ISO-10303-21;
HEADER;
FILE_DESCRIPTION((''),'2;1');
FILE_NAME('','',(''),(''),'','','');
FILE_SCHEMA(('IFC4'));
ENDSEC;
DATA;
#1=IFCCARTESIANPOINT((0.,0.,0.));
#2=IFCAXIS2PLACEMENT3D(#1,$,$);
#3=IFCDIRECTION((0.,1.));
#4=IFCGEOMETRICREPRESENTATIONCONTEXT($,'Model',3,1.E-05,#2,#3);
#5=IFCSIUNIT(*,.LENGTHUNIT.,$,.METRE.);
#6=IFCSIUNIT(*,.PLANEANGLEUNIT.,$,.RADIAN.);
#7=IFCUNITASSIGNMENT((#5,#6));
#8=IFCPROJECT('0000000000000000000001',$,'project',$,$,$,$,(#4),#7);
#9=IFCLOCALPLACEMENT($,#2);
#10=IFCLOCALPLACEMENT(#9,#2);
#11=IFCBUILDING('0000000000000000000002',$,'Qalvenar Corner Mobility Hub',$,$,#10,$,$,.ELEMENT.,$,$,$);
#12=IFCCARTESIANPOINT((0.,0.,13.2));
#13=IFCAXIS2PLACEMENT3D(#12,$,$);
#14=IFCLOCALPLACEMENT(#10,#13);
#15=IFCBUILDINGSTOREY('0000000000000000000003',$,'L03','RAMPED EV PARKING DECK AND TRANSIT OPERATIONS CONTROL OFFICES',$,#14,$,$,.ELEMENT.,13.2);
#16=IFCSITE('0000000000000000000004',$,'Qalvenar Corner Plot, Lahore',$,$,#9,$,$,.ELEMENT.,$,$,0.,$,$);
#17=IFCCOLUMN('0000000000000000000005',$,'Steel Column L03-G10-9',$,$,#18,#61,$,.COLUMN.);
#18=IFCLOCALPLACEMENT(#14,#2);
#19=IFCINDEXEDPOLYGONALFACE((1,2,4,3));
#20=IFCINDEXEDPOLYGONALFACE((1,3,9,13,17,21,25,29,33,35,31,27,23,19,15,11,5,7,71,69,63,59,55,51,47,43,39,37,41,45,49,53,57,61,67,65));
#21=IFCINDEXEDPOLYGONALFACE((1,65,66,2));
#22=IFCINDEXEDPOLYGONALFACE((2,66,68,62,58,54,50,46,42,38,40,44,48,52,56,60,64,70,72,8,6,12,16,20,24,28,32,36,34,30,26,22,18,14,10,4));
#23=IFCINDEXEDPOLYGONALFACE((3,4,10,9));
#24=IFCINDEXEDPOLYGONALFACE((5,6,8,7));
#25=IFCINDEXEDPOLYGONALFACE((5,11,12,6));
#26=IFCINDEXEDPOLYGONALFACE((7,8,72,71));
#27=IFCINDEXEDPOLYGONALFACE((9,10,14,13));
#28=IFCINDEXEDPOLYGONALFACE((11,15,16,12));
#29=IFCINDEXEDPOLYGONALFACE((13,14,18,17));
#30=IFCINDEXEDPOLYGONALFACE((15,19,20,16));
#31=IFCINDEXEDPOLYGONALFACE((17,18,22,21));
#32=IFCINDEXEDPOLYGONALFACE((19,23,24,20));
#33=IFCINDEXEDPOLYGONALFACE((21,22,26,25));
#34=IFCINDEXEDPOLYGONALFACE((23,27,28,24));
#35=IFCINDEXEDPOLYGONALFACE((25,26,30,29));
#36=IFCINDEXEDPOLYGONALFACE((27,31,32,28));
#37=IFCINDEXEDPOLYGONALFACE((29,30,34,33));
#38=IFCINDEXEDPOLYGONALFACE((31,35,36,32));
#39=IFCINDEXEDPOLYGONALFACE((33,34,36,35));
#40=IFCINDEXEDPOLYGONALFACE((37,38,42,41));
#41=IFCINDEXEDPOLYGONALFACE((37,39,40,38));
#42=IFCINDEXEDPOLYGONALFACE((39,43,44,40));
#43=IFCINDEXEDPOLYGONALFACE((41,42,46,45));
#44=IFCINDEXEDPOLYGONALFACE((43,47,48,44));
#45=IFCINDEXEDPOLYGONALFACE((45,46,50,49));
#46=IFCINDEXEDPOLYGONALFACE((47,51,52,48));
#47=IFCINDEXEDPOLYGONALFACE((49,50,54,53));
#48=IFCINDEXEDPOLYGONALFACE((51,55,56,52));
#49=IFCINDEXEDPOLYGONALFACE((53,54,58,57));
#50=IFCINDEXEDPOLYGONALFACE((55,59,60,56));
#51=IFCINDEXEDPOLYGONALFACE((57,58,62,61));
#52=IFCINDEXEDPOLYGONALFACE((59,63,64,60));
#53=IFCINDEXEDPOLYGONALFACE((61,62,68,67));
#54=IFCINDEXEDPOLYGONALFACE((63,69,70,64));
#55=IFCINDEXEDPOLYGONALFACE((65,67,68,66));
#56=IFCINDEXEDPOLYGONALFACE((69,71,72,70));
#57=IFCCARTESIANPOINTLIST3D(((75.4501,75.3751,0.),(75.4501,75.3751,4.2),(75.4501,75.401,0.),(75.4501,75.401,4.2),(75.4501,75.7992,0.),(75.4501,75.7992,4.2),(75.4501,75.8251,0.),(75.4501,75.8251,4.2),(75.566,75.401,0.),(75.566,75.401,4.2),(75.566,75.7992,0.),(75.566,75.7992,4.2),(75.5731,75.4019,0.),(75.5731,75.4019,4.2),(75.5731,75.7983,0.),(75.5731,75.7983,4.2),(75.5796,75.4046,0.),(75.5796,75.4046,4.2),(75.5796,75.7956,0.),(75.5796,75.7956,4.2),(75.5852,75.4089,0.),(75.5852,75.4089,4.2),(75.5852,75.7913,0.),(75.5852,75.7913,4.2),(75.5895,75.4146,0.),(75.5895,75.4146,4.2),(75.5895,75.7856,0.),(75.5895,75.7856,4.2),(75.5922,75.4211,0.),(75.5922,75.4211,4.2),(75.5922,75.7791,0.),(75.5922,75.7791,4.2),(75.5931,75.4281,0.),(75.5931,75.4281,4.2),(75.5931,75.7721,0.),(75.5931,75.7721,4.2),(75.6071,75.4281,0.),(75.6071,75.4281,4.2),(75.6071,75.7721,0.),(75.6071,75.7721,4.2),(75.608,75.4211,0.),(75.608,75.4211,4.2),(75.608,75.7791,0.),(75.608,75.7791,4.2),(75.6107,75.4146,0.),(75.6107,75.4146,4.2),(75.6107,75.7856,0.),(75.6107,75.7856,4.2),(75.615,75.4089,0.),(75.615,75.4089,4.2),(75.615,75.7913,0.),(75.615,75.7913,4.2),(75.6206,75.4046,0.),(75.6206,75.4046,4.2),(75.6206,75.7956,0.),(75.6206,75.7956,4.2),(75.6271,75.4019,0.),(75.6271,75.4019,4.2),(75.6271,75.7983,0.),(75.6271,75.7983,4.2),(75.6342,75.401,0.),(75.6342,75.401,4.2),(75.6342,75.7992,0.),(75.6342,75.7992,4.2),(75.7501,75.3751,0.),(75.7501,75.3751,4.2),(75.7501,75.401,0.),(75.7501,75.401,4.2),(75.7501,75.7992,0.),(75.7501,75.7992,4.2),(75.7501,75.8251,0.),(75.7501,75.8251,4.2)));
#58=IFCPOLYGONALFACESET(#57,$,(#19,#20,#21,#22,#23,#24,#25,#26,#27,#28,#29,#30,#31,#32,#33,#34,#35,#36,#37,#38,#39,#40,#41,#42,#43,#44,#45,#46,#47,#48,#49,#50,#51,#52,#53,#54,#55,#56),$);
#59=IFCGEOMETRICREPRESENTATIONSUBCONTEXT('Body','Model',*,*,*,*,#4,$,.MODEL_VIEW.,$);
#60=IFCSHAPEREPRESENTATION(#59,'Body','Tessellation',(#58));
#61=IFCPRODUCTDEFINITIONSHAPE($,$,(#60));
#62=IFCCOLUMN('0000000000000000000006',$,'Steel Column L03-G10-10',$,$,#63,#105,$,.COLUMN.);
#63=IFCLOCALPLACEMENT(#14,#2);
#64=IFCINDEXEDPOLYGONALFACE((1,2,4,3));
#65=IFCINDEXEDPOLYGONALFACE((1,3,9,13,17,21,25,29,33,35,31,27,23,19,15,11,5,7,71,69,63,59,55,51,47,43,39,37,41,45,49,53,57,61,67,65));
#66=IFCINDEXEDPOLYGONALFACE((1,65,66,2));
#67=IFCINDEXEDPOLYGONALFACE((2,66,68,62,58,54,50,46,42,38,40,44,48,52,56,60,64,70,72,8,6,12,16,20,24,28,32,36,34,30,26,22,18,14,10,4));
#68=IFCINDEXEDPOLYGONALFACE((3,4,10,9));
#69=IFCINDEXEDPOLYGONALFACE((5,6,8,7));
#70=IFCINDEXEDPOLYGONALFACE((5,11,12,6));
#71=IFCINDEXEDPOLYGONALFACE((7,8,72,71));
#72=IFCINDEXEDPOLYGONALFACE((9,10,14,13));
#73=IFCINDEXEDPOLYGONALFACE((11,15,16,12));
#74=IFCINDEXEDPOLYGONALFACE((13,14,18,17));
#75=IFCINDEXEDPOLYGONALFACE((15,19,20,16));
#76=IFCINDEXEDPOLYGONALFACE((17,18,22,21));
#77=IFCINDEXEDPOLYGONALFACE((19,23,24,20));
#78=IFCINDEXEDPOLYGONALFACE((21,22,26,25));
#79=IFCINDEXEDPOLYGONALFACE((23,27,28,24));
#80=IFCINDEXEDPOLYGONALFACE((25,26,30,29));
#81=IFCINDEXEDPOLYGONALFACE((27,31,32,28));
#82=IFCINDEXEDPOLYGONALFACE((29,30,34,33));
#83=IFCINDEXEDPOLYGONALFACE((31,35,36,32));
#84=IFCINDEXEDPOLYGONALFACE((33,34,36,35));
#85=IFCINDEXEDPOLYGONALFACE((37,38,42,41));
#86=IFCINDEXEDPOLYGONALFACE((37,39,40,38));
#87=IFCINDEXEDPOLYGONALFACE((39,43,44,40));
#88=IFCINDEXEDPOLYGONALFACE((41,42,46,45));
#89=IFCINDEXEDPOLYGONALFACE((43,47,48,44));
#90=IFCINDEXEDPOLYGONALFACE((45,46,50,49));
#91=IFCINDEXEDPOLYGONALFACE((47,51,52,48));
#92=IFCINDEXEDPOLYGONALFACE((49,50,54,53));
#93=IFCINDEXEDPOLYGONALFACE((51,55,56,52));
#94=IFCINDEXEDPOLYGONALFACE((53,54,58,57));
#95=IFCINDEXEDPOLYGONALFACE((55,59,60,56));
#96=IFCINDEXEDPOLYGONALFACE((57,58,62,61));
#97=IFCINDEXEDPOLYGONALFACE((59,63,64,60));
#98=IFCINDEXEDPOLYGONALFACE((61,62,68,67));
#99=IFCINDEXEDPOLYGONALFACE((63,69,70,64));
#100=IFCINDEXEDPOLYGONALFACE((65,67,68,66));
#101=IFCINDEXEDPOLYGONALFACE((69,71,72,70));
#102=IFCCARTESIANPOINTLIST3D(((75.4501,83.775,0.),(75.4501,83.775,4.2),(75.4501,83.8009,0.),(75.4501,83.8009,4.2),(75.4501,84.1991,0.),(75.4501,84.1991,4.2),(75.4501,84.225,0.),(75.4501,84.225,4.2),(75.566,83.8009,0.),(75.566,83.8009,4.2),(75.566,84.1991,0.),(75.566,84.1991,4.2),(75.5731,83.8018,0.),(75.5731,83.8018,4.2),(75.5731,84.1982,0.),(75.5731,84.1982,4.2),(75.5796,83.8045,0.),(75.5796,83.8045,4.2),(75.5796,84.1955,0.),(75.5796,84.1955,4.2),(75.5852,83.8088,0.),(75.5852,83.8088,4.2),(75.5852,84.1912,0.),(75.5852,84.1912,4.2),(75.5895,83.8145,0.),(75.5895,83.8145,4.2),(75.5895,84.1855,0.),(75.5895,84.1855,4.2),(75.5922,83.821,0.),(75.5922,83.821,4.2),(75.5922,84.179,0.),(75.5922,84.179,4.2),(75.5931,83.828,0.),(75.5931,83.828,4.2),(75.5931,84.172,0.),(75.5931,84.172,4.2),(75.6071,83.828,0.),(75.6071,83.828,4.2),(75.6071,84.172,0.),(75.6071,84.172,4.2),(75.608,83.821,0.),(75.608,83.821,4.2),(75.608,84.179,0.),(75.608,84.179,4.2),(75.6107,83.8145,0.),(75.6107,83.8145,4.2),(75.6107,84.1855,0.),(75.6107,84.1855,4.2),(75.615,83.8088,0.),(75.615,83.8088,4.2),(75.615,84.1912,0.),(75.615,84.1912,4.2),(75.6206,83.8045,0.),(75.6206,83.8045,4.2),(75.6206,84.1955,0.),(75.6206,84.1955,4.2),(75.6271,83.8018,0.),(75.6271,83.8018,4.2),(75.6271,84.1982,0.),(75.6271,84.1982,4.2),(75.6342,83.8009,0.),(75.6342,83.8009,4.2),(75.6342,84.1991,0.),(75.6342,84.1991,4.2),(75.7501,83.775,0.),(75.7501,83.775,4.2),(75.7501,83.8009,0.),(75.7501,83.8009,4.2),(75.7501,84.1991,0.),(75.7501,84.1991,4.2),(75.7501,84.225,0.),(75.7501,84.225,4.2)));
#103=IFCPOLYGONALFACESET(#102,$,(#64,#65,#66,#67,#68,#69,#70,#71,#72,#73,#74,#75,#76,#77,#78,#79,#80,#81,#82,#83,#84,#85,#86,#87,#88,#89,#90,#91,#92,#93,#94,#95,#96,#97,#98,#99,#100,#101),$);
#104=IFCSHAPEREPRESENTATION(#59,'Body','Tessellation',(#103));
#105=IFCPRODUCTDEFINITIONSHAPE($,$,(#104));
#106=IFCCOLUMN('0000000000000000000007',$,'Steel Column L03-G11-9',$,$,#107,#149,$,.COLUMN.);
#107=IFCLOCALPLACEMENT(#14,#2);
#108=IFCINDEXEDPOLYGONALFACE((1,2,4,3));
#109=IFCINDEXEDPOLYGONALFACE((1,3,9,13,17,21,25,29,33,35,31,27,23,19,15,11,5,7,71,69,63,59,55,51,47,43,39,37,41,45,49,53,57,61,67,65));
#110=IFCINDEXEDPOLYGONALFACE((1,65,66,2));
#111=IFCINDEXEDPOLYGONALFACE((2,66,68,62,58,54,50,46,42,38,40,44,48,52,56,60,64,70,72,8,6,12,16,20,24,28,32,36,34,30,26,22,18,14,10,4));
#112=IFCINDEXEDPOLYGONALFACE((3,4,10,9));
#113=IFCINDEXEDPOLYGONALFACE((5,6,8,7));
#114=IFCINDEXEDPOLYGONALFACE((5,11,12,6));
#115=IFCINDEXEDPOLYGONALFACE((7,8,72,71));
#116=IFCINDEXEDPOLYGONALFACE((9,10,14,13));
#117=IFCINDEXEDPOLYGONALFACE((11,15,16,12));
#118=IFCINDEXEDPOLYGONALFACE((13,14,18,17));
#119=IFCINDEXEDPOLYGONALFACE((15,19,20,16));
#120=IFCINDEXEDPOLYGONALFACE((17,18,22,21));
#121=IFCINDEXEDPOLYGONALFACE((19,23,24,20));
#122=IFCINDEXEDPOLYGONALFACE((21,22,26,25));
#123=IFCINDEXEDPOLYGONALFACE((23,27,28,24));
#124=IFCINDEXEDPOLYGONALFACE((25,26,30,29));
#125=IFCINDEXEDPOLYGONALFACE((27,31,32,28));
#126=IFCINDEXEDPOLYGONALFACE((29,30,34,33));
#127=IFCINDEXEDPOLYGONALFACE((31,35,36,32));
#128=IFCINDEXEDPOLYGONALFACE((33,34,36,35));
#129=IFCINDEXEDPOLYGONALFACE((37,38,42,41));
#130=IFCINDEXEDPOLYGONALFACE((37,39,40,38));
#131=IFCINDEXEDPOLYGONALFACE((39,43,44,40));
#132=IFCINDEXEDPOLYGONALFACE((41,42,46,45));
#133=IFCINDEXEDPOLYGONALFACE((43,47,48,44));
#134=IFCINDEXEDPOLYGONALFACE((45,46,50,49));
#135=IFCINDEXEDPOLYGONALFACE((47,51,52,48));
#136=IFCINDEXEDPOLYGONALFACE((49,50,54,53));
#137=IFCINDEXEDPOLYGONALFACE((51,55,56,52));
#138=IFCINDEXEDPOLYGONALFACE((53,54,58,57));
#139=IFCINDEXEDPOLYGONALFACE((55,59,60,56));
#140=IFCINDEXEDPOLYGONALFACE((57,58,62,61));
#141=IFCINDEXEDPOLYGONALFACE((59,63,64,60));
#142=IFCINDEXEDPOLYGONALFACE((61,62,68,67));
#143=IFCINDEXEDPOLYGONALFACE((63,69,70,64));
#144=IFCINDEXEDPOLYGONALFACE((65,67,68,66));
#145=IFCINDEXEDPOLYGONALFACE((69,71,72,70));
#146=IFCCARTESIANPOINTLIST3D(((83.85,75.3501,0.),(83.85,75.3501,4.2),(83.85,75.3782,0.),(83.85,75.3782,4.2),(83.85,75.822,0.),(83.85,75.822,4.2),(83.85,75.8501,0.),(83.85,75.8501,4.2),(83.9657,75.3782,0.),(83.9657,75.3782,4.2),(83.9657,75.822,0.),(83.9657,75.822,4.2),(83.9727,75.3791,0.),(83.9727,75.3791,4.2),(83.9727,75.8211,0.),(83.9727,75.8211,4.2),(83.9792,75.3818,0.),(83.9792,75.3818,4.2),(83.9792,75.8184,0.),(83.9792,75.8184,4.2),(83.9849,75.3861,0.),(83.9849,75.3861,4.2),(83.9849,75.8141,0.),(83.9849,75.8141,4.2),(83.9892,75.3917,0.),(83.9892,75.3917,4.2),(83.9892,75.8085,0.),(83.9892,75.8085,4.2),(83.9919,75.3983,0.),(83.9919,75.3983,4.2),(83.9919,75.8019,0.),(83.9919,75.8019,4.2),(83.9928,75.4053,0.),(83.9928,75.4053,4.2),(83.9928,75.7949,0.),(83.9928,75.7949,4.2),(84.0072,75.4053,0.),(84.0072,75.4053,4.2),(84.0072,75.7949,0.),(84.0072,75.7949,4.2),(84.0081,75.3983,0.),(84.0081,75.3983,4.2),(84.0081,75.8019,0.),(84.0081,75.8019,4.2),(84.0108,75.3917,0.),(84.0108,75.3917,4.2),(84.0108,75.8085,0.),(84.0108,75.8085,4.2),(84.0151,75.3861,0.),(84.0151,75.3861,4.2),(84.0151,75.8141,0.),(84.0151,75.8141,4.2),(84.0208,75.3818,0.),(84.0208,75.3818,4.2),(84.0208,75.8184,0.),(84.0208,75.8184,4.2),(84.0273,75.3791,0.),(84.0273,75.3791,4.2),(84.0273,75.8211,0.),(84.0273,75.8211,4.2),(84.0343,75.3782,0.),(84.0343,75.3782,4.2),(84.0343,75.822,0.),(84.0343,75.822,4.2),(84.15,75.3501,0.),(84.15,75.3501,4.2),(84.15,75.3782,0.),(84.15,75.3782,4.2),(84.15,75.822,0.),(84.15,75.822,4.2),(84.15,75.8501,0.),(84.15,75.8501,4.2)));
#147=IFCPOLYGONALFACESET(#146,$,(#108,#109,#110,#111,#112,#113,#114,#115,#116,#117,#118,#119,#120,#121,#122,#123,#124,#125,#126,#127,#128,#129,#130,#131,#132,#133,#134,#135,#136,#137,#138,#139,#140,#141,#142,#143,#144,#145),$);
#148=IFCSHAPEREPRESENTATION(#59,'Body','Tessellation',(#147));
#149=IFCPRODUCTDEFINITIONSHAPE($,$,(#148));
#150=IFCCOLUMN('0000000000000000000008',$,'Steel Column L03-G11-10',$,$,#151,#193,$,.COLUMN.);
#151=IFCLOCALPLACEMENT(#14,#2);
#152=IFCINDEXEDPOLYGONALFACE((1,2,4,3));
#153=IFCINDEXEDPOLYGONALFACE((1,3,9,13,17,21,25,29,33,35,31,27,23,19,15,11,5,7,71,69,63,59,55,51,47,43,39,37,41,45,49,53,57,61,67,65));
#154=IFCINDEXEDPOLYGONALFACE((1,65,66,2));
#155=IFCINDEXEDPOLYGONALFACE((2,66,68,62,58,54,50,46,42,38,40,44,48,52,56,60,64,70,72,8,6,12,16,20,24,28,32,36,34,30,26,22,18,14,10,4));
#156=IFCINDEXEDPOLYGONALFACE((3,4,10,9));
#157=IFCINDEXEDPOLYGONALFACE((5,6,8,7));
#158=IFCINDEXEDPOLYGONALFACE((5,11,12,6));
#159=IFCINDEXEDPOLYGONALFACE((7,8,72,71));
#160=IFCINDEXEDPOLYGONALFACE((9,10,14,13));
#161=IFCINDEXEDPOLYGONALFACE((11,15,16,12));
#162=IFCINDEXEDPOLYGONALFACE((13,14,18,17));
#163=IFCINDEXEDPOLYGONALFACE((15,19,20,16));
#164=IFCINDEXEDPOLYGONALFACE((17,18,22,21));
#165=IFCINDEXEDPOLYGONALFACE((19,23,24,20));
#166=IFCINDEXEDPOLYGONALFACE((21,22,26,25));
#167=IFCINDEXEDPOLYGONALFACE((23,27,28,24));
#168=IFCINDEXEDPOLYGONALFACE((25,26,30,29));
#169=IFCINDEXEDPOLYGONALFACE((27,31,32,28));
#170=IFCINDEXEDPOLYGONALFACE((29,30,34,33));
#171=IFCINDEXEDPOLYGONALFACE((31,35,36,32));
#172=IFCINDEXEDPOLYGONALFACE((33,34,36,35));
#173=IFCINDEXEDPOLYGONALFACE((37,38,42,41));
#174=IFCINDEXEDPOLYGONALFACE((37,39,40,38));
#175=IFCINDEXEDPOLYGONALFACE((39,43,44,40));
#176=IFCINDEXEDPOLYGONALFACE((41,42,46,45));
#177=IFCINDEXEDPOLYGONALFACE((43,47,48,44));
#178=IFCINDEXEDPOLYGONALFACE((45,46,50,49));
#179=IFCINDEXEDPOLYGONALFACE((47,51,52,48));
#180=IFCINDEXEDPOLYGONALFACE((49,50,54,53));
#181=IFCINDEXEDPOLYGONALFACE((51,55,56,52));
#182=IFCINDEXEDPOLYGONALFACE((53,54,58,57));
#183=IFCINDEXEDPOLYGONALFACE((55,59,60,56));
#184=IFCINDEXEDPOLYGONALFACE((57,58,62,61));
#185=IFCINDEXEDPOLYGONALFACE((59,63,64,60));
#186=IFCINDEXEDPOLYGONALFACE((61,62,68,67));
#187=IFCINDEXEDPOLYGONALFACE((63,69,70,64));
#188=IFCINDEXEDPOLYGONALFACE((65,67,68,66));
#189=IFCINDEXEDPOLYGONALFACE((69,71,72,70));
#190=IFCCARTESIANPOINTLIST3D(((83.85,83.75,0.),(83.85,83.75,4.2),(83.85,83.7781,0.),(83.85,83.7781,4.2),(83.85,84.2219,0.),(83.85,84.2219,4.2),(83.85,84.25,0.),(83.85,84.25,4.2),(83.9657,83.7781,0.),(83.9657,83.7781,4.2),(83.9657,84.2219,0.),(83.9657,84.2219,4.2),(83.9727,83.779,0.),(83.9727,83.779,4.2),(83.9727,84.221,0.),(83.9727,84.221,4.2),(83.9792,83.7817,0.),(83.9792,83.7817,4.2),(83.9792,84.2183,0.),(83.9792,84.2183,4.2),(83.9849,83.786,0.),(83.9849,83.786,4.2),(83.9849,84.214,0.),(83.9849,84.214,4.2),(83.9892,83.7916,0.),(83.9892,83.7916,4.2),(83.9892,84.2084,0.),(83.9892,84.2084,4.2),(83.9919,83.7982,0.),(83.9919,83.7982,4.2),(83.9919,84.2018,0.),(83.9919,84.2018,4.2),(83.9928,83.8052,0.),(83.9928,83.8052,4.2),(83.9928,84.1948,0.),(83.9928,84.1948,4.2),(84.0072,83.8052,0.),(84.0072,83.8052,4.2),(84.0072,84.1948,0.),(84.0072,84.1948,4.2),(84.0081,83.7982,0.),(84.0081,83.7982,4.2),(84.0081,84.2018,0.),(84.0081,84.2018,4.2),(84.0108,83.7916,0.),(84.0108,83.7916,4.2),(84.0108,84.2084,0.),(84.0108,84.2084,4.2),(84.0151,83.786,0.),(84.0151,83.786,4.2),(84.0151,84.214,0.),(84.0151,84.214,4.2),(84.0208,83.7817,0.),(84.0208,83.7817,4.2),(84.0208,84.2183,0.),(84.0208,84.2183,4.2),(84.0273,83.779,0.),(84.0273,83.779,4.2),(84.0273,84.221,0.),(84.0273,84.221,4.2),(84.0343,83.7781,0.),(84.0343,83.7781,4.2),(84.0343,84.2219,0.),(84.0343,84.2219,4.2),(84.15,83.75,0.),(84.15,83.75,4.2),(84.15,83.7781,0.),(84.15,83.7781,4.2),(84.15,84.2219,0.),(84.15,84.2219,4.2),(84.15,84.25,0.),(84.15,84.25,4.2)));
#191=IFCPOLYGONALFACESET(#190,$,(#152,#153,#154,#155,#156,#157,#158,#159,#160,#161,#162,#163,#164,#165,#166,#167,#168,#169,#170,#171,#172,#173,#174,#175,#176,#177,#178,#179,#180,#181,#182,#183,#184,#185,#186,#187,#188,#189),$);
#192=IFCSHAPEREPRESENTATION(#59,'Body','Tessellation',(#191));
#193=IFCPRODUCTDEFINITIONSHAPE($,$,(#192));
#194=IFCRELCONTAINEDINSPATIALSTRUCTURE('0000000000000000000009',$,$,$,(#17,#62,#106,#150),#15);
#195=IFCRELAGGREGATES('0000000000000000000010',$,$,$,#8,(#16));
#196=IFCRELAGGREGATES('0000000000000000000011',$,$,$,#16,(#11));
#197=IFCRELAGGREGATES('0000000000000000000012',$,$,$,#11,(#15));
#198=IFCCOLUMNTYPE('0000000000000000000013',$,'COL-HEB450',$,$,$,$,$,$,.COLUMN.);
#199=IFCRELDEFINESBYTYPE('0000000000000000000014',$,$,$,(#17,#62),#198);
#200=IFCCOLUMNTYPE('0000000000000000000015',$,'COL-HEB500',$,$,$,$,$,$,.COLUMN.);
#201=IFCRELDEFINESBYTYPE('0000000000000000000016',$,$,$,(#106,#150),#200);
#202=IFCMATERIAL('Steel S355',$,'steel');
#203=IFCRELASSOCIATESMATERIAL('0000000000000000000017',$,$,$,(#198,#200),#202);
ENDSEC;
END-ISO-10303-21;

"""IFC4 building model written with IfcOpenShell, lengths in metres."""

from ifc_helpers import new_model, si_unit, direction, frame, origin, origin_2d, place, context, subcontext, project, spatial, i_section, extrude, material, material_profile, profile_set, type_object, element, save


model = new_model("IFC4")

# Units and contexts
model_context = context("Model", 3, precision=1e-05, world=origin(), true_north=direction((0.0, 1.0)))
body_context = subcontext(model_context, "Body", "Model", "MODEL_VIEW")
ifc_project = project(units=[si_unit("LENGTHUNIT", "METRE"), si_unit("PLANEANGLEUNIT", "RADIAN")], contexts=[model_context])

# Site, building, storey
site_placement = place(None, origin())
site = spatial("IfcSite", under=ifc_project, at=site_placement, Name="Qalvenar Corner Plot, Lahore", CompositionType="ELEMENT", RefElevation=0.0)
building_placement = place(site_placement, origin())
building = spatial("IfcBuilding", under=site, at=building_placement, Name="Qalvenar Corner Mobility Hub", CompositionType="ELEMENT")
storey_placement = place(building_placement, frame((0.0, 0.0, 13.2)))
storey = spatial("IfcBuildingStorey", under=building, at=storey_placement, Name="L03", Description="RAMPED EV PARKING DECK AND TRANSIT OPERATIONS CONTROL OFFICES", CompositionType="ELEMENT", Elevation=13.2)

# Columns
ifc_material_1 = material(Name="Steel S355", Category="steel")
ifc_material_profile_1 = material_profile(ifc_material_1, i_section(OverallWidth=0.3, OverallDepth=0.45, WebThickness=0.0139, FlangeThickness=0.0259, FilletRadius=0.0271, at=origin_2d()), Name="HEB450")
ifc_profile_set_1 = profile_set([ifc_material_profile_1], Name="Steel S355")
column_type_1 = type_object("IfcColumnType", Name="COL-HEB450", PredefinedType="COLUMN", material=ifc_profile_set_1)
for number, where, z_axis, x_axis, name in (
    (1, (75.6001, 75.6001, 0.0), (0.0, 0.0, 1.0), (1.0, 0.0, 0.0), "Steel Column L03-G10-9"),
    (2, (75.6001, 84.0, 0.0), (0.0, 0.0, 1.0), (1.0, 0.0, 0.0), "Steel Column L03-G10-10"),
):
    element("IfcColumn", number, at=place(storey_placement, frame(where, z_axis=z_axis, x_axis=x_axis)), inside=storey, type_object=column_type_1, Name=name, PredefinedType="COLUMN", context=body_context, shape_type="SweptSolid", body=[
        extrude(i_section(OverallWidth=0.3, OverallDepth=0.45, WebThickness=0.0139, FlangeThickness=0.0259, FilletRadius=0.0271, at=origin_2d()), origin(), (0.0, 0.0, 1.0), 4.2),
    ])
ifc_material_profile_2 = material_profile(ifc_material_1, i_section(OverallWidth=0.3, OverallDepth=0.5, WebThickness=0.0144, FlangeThickness=0.0281, FilletRadius=0.0271, at=origin_2d()), Name="HEB500")
ifc_profile_set_2 = profile_set([ifc_material_profile_2], Name="Steel S355")
column_type_2 = type_object("IfcColumnType", Name="COL-HEB500", PredefinedType="COLUMN", material=ifc_profile_set_2)
for number, where, z_axis, x_axis, name in (
    (3, (84.0, 75.6001, 0.0), (0.0, 0.0, 1.0), (1.0, 0.0, 0.0), "Steel Column L03-G11-9"),
    (4, (84.0, 84.0, 0.0), (0.0, 0.0, 1.0), (1.0, 0.0, 0.0), "Steel Column L03-G11-10"),
):
    element("IfcColumn", number, at=place(storey_placement, frame(where, z_axis=z_axis, x_axis=x_axis)), inside=storey, type_object=column_type_2, Name=name, PredefinedType="COLUMN", context=body_context, shape_type="SweptSolid", body=[
        extrude(i_section(OverallWidth=0.3, OverallDepth=0.5, WebThickness=0.0144, FlangeThickness=0.0281, FilletRadius=0.0271, at=origin_2d()), origin(), (0.0, 0.0, 1.0), 4.2),
    ])

save(model, "model.ifc")
